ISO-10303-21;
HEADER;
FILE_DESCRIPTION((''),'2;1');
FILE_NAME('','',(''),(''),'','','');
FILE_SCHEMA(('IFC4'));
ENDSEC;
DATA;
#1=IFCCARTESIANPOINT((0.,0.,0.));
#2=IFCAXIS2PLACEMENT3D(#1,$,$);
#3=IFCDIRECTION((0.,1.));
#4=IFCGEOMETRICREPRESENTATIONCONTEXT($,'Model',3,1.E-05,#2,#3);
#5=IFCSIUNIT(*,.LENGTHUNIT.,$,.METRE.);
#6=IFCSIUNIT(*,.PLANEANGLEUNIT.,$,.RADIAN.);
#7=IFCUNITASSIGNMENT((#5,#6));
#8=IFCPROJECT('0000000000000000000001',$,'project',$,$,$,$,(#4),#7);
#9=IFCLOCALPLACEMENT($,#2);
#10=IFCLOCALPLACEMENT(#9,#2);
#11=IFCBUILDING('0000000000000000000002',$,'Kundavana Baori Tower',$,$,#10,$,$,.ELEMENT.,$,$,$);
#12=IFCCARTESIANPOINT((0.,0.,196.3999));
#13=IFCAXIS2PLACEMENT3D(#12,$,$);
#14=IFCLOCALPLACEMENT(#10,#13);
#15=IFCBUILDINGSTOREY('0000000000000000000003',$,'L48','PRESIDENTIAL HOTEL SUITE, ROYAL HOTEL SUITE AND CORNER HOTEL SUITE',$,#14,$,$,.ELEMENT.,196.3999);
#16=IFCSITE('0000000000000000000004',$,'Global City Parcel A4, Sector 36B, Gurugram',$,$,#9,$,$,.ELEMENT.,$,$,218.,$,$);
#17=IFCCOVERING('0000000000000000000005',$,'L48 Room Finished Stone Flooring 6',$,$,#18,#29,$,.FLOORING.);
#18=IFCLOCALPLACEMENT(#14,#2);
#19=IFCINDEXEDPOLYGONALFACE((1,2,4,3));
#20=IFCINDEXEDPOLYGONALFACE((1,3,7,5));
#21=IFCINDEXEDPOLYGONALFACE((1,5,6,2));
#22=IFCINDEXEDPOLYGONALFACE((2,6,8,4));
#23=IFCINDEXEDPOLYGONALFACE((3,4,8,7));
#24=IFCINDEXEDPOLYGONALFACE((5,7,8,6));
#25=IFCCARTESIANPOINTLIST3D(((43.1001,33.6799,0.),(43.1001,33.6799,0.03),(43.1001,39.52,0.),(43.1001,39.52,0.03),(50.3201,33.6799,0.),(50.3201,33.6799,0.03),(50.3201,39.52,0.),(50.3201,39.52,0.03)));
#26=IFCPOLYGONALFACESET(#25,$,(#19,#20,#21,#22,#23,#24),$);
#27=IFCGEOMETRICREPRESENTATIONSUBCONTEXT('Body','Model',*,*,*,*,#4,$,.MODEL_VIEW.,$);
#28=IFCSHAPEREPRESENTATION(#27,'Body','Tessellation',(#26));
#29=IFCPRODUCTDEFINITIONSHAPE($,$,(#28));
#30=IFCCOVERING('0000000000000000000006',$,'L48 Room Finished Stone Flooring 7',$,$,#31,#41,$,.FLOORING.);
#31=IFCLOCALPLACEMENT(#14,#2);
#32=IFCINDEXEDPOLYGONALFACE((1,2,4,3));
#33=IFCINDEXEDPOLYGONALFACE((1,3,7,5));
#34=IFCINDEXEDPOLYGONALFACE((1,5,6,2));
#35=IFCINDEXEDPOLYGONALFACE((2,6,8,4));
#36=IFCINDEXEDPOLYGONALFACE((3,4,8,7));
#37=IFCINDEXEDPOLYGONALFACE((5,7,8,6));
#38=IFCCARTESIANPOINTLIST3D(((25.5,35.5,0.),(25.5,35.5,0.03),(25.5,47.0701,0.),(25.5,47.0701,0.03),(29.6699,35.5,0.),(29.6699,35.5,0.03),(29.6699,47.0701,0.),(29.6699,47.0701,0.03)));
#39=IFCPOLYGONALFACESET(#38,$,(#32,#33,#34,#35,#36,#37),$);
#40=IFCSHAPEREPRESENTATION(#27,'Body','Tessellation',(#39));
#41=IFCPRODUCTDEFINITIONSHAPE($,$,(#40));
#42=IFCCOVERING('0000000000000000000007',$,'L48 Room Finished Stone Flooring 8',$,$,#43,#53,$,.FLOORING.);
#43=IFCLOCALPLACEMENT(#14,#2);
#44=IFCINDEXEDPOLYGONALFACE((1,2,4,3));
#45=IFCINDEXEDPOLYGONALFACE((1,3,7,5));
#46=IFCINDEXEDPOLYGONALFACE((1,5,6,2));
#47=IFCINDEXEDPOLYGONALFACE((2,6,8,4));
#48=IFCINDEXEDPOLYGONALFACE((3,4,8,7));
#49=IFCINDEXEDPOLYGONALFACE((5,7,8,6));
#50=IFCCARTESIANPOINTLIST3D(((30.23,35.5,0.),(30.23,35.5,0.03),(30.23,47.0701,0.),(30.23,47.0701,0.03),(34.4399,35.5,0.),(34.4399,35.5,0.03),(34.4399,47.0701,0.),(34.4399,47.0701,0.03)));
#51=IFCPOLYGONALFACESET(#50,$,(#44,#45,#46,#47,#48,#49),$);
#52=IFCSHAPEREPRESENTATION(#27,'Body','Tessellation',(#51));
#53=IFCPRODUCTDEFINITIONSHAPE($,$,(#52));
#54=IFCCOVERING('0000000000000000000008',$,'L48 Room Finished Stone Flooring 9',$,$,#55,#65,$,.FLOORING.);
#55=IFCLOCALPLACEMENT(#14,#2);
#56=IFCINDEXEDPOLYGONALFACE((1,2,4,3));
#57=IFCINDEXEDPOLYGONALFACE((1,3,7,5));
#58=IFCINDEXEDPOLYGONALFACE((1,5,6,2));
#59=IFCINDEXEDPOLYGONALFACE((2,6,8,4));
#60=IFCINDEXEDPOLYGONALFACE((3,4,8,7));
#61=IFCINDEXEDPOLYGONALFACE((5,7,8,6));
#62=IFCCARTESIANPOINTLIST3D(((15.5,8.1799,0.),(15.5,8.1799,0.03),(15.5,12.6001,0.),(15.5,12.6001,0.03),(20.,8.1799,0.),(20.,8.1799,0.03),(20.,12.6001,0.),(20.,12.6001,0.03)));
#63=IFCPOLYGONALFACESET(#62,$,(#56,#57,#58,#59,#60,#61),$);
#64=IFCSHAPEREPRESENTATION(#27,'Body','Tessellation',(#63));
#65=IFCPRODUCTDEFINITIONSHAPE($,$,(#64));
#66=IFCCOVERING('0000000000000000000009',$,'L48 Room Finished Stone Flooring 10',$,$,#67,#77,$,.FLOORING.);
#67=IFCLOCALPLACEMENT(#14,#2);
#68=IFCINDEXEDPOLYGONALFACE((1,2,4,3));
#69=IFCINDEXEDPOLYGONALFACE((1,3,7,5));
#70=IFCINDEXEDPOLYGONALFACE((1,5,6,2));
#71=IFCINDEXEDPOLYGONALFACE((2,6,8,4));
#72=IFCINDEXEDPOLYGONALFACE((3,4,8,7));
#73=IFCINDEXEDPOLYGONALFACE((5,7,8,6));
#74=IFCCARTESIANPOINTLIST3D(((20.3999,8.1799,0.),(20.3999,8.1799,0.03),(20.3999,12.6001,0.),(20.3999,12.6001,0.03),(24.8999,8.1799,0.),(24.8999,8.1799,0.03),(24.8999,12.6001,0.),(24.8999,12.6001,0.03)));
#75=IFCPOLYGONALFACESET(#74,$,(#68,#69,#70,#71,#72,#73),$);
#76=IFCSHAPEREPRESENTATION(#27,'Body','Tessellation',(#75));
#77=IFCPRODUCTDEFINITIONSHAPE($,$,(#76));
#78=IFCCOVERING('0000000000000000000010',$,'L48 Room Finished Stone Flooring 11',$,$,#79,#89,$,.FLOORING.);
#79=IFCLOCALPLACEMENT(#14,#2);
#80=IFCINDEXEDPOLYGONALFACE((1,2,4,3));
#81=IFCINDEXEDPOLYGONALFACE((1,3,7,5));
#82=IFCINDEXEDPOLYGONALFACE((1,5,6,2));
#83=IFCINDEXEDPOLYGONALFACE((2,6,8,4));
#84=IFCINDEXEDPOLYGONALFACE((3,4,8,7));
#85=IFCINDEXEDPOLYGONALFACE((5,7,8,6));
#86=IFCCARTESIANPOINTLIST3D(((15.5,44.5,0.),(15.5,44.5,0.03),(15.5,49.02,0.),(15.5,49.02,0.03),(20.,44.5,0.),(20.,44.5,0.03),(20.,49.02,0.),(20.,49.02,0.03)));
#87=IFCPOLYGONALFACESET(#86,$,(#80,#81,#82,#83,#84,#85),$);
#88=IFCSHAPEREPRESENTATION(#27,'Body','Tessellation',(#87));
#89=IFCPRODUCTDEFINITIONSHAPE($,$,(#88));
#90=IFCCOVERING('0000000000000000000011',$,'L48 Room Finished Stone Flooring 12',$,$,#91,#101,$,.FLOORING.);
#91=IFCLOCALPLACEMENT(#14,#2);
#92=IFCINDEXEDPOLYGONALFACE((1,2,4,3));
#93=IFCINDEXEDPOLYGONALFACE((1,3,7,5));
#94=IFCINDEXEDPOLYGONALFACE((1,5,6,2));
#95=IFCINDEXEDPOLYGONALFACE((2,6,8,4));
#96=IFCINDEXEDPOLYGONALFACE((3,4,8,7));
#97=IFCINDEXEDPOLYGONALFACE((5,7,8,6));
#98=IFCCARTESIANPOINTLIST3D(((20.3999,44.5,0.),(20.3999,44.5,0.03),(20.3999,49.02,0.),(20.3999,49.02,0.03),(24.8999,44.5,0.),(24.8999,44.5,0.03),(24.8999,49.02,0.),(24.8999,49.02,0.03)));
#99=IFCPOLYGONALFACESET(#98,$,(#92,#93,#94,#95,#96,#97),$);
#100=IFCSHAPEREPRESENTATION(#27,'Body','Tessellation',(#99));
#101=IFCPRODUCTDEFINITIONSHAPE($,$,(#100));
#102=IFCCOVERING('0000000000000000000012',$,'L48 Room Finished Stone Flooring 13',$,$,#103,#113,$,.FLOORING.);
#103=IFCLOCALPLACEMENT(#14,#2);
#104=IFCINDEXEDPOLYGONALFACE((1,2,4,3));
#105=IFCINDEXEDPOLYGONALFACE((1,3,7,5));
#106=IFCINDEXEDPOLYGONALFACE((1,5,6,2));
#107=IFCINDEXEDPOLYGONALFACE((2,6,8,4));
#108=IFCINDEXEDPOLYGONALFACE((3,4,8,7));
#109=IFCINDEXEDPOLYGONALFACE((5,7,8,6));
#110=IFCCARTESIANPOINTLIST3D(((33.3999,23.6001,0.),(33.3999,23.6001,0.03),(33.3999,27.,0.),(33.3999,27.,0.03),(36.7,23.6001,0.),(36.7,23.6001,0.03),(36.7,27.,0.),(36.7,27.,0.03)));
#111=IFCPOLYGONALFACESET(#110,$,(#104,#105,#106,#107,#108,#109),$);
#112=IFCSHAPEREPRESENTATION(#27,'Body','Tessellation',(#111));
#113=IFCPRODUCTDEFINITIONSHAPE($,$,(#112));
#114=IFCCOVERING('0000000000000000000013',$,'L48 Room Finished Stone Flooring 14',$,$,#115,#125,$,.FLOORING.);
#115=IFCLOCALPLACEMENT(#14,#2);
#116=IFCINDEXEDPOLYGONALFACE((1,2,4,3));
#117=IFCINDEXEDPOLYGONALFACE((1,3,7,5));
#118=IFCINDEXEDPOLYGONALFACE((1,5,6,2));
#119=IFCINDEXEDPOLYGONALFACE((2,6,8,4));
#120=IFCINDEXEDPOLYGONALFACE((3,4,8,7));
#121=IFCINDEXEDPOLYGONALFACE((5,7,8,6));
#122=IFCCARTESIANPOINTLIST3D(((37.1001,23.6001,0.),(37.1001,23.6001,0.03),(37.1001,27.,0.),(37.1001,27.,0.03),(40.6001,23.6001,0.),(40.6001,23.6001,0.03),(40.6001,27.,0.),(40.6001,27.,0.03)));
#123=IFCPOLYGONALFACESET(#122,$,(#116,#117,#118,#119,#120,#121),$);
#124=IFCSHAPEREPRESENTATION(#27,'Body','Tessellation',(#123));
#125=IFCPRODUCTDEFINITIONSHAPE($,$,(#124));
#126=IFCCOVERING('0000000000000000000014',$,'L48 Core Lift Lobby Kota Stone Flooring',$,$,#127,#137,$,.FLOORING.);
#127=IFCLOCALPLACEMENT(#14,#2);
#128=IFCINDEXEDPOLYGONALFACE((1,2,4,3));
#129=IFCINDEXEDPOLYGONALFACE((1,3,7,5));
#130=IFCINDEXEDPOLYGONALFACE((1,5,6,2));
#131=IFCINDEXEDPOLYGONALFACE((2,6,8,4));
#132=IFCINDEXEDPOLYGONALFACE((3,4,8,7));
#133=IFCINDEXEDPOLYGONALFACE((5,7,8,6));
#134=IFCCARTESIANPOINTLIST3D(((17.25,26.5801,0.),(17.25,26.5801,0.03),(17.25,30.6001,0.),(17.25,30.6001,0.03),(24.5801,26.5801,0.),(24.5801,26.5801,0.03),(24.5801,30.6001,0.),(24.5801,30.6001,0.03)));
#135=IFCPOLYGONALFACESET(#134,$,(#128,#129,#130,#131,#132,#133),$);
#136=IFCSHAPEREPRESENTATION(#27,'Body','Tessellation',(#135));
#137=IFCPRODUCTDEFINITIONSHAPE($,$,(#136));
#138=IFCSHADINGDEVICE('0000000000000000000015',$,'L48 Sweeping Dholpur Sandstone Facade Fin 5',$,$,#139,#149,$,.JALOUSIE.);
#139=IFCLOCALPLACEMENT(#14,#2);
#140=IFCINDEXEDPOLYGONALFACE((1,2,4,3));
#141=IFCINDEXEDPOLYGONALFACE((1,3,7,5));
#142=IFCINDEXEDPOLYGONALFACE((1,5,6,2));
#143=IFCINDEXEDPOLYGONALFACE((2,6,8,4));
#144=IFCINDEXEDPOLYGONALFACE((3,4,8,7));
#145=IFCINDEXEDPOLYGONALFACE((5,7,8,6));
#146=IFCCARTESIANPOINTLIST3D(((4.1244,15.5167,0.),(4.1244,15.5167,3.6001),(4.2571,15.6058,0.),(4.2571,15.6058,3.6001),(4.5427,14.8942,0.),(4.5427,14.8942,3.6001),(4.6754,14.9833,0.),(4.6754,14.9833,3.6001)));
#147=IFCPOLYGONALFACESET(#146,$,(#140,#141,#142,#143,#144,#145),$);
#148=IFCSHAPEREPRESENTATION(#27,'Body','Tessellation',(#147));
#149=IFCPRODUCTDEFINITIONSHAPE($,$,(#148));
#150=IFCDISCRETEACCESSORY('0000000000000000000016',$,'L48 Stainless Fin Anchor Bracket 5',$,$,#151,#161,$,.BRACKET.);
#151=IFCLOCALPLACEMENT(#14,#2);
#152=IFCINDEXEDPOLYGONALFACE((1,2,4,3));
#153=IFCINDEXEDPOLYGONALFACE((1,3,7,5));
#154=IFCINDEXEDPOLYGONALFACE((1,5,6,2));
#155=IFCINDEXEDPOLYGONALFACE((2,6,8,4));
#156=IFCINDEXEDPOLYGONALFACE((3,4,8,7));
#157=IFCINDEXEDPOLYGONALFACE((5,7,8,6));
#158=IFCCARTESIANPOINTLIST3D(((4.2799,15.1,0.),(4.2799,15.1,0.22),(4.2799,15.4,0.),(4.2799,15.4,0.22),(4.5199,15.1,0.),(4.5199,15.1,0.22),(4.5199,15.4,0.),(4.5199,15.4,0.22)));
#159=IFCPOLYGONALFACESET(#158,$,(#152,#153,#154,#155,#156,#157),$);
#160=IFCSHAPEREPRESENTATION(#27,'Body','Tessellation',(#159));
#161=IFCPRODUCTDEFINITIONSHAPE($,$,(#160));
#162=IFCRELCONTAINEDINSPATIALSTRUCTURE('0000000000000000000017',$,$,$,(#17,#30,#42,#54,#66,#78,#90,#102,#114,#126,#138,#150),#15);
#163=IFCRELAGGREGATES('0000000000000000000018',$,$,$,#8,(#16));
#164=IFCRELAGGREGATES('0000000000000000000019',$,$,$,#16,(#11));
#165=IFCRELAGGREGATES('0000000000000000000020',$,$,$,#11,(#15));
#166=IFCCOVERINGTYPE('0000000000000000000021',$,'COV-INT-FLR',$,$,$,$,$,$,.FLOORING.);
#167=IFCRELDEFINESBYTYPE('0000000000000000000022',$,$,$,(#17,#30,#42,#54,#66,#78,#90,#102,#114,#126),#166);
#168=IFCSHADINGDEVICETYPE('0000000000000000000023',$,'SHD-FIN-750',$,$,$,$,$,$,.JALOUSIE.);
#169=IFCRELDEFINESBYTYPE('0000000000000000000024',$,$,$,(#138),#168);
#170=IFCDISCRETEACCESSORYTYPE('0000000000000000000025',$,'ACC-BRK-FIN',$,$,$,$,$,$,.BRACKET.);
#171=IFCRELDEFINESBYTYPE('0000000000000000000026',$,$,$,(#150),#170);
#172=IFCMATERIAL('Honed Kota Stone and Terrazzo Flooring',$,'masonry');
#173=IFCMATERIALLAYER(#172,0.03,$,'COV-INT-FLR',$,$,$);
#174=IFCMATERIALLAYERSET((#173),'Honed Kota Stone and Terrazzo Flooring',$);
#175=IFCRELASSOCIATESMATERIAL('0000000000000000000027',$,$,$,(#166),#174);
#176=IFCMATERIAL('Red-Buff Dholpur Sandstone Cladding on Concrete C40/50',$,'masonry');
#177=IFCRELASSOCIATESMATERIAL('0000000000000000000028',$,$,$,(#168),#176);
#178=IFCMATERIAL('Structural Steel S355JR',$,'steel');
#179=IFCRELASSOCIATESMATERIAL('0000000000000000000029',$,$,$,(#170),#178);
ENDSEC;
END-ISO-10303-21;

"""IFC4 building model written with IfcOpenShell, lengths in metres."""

from ifc_helpers import new_model, si_unit, direction, frame, origin, origin_2d, place, context, subcontext, project, spatial, polyline, rectangle, outline, extrude, material, layer, layer_set, type_object, element, save


model = new_model("IFC4")

# Units and contexts
model_context = context("Model", 3, precision=1e-05, world=origin(), true_north=direction((0.0, 1.0)))
body_context = subcontext(model_context, "Body", "Model", "MODEL_VIEW")
ifc_project = project(units=[si_unit("LENGTHUNIT", "METRE"), si_unit("PLANEANGLEUNIT", "RADIAN")], contexts=[model_context])

# Site, building, storey
site_placement = place(None, origin())
site = spatial("IfcSite", under=ifc_project, at=site_placement, Name="Global City Parcel A4, Sector 36B, Gurugram", CompositionType="ELEMENT", RefElevation=218.0)
building_placement = place(site_placement, origin())
building = spatial("IfcBuilding", under=site, at=building_placement, Name="Kundavana Baori Tower", CompositionType="ELEMENT")
storey_placement = place(building_placement, frame((0.0, 0.0, 196.3999)))
storey = spatial("IfcBuildingStorey", under=building, at=storey_placement, Name="L48", Description="PRESIDENTIAL HOTEL SUITE, ROYAL HOTEL SUITE AND CORNER HOTEL SUITE", CompositionType="ELEMENT", Elevation=196.3999)

# Coverings
ifc_material_1 = material(Name="Honed Kota Stone and Terrazzo Flooring", Category="masonry")
ifc_layer_1 = layer(ifc_material_1, 0.03, Name="COV-INT-FLR")
ifc_layer_set_1 = layer_set([ifc_layer_1], Name="Honed Kota Stone and Terrazzo Flooring")
covering_type_1 = type_object("IfcCoveringType", Name="COV-INT-FLR", PredefinedType="FLOORING", material=ifc_layer_set_1)
covering_1_placement = place(storey_placement, origin())
element("IfcCovering", 1, at=covering_1_placement, inside=storey, type_object=covering_type_1, Name="L48 Room Finished Stone Flooring 6", PredefinedType="FLOORING", context=body_context, shape_type="SweptSolid", body=[
    extrude(outline(polyline([(43.1001, 33.6799), (50.3201, 33.6799), (50.3201, 39.52), (43.1001, 39.52), (43.1001, 33.6799)])), origin(), (0.0, 0.0, 1.0), 0.03),
])
covering_2_placement = place(storey_placement, origin())
element("IfcCovering", 2, at=covering_2_placement, inside=storey, type_object=covering_type_1, Name="L48 Room Finished Stone Flooring 7", PredefinedType="FLOORING", context=body_context, shape_type="SweptSolid", body=[
    extrude(outline(polyline([(25.5, 35.5), (29.6699, 35.5), (29.6699, 47.0701), (25.5, 47.0701), (25.5, 35.5)])), origin(), (0.0, 0.0, 1.0), 0.03),
])
covering_3_placement = place(storey_placement, origin())
element("IfcCovering", 3, at=covering_3_placement, inside=storey, type_object=covering_type_1, Name="L48 Room Finished Stone Flooring 8", PredefinedType="FLOORING", context=body_context, shape_type="SweptSolid", body=[
    extrude(outline(polyline([(30.23, 35.5), (34.4399, 35.5), (34.4399, 47.0701), (30.23, 47.0701), (30.23, 35.5)])), origin(), (0.0, 0.0, 1.0), 0.03),
])
covering_4_placement = place(storey_placement, origin())
element("IfcCovering", 4, at=covering_4_placement, inside=storey, type_object=covering_type_1, Name="L48 Room Finished Stone Flooring 9", PredefinedType="FLOORING", context=body_context, shape_type="SweptSolid", body=[
    extrude(outline(polyline([(15.5, 8.1799), (20.0, 8.1799), (20.0, 12.6001), (15.5, 12.6001), (15.5, 8.1799)])), origin(), (0.0, 0.0, 1.0), 0.03),
])
covering_5_placement = place(storey_placement, origin())
element("IfcCovering", 5, at=covering_5_placement, inside=storey, type_object=covering_type_1, Name="L48 Room Finished Stone Flooring 10", PredefinedType="FLOORING", context=body_context, shape_type="SweptSolid", body=[
    extrude(outline(polyline([(20.3999, 8.1799), (24.8999, 8.1799), (24.8999, 12.6001), (20.3999, 12.6001), (20.3999, 8.1799)])), origin(), (0.0, 0.0, 1.0), 0.03),
])
covering_6_placement = place(storey_placement, origin())
element("IfcCovering", 6, at=covering_6_placement, inside=storey, type_object=covering_type_1, Name="L48 Room Finished Stone Flooring 11", PredefinedType="FLOORING", context=body_context, shape_type="SweptSolid", body=[
    extrude(outline(polyline([(15.5, 44.5), (20.0, 44.5), (20.0, 49.02), (15.5, 49.02), (15.5, 44.5)])), origin(), (0.0, 0.0, 1.0), 0.03),
])
covering_7_placement = place(storey_placement, origin())
element("IfcCovering", 7, at=covering_7_placement, inside=storey, type_object=covering_type_1, Name="L48 Room Finished Stone Flooring 12", PredefinedType="FLOORING", context=body_context, shape_type="SweptSolid", body=[
    extrude(outline(polyline([(20.3999, 44.5), (24.8999, 44.5), (24.8999, 49.02), (20.3999, 49.02), (20.3999, 44.5)])), origin(), (0.0, 0.0, 1.0), 0.03),
])
covering_8_placement = place(storey_placement, origin())
element("IfcCovering", 8, at=covering_8_placement, inside=storey, type_object=covering_type_1, Name="L48 Room Finished Stone Flooring 13", PredefinedType="FLOORING", context=body_context, shape_type="SweptSolid", body=[
    extrude(outline(polyline([(33.3999, 23.6001), (36.7, 23.6001), (36.7, 27.0), (33.3999, 27.0), (33.3999, 23.6001)])), origin(), (0.0, 0.0, 1.0), 0.03),
])
covering_9_placement = place(storey_placement, origin())
element("IfcCovering", 9, at=covering_9_placement, inside=storey, type_object=covering_type_1, Name="L48 Room Finished Stone Flooring 14", PredefinedType="FLOORING", context=body_context, shape_type="SweptSolid", body=[
    extrude(outline(polyline([(37.1001, 23.6001), (40.6001, 23.6001), (40.6001, 27.0), (37.1001, 27.0), (37.1001, 23.6001)])), origin(), (0.0, 0.0, 1.0), 0.03),
])
covering_10_placement = place(storey_placement, origin())
element("IfcCovering", 10, at=covering_10_placement, inside=storey, type_object=covering_type_1, Name="L48 Core Lift Lobby Kota Stone Flooring", PredefinedType="FLOORING", context=body_context, shape_type="SweptSolid", body=[
    extrude(outline(polyline([(17.25, 26.5801), (24.5801, 26.5801), (24.5801, 30.6001), (17.25, 30.6001), (17.25, 26.5801)])), origin(), (0.0, 0.0, 1.0), 0.03),
])

# Shading device
ifc_material_2 = material(Name="Red-Buff Dholpur Sandstone Cladding on Concrete C40/50", Category="masonry")
shading_device_type = type_object("IfcShadingDeviceType", Name="SHD-FIN-750", PredefinedType="JALOUSIE", material=ifc_material_2)
shading_device_placement = place(storey_placement, frame((4.3999, 15.25, 0.0), z_axis=(0.0, 0.0, 1.0), x_axis=(0.830012, 0.557745, 0.0)))
element("IfcShadingDevice", 11, at=shading_device_placement, inside=storey, type_object=shading_device_type, Name="L48 Sweeping Dholpur Sandstone Facade Fin 5", PredefinedType="JALOUSIE", context=body_context, shape_type="SweptSolid", body=[
    extrude(rectangle(XDim=0.1599, YDim=0.75, at=origin_2d()), origin(), (0.0, 0.0, 1.0), 3.6001),
])

# Discrete accessory
ifc_material_3 = material(Name="Structural Steel S355JR", Category="steel")
discrete_accessory_type = type_object("IfcDiscreteAccessoryType", Name="ACC-BRK-FIN", PredefinedType="BRACKET", material=ifc_material_3)
discrete_accessory_placement = place(storey_placement, frame((4.3999, 15.25, 0.0), z_axis=(0.0, 0.0, 1.0), x_axis=(1.0, 0.0, 0.0)))
element("IfcDiscreteAccessory", 12, at=discrete_accessory_placement, inside=storey, type_object=discrete_accessory_type, Name="L48 Stainless Fin Anchor Bracket 5", PredefinedType="BRACKET", context=body_context, shape_type="SweptSolid", body=[
    extrude(rectangle(XDim=0.24, YDim=0.3, at=origin_2d()), origin(), (0.0, 0.0, 1.0), 0.22),
])

save(model, "model.ifc")
